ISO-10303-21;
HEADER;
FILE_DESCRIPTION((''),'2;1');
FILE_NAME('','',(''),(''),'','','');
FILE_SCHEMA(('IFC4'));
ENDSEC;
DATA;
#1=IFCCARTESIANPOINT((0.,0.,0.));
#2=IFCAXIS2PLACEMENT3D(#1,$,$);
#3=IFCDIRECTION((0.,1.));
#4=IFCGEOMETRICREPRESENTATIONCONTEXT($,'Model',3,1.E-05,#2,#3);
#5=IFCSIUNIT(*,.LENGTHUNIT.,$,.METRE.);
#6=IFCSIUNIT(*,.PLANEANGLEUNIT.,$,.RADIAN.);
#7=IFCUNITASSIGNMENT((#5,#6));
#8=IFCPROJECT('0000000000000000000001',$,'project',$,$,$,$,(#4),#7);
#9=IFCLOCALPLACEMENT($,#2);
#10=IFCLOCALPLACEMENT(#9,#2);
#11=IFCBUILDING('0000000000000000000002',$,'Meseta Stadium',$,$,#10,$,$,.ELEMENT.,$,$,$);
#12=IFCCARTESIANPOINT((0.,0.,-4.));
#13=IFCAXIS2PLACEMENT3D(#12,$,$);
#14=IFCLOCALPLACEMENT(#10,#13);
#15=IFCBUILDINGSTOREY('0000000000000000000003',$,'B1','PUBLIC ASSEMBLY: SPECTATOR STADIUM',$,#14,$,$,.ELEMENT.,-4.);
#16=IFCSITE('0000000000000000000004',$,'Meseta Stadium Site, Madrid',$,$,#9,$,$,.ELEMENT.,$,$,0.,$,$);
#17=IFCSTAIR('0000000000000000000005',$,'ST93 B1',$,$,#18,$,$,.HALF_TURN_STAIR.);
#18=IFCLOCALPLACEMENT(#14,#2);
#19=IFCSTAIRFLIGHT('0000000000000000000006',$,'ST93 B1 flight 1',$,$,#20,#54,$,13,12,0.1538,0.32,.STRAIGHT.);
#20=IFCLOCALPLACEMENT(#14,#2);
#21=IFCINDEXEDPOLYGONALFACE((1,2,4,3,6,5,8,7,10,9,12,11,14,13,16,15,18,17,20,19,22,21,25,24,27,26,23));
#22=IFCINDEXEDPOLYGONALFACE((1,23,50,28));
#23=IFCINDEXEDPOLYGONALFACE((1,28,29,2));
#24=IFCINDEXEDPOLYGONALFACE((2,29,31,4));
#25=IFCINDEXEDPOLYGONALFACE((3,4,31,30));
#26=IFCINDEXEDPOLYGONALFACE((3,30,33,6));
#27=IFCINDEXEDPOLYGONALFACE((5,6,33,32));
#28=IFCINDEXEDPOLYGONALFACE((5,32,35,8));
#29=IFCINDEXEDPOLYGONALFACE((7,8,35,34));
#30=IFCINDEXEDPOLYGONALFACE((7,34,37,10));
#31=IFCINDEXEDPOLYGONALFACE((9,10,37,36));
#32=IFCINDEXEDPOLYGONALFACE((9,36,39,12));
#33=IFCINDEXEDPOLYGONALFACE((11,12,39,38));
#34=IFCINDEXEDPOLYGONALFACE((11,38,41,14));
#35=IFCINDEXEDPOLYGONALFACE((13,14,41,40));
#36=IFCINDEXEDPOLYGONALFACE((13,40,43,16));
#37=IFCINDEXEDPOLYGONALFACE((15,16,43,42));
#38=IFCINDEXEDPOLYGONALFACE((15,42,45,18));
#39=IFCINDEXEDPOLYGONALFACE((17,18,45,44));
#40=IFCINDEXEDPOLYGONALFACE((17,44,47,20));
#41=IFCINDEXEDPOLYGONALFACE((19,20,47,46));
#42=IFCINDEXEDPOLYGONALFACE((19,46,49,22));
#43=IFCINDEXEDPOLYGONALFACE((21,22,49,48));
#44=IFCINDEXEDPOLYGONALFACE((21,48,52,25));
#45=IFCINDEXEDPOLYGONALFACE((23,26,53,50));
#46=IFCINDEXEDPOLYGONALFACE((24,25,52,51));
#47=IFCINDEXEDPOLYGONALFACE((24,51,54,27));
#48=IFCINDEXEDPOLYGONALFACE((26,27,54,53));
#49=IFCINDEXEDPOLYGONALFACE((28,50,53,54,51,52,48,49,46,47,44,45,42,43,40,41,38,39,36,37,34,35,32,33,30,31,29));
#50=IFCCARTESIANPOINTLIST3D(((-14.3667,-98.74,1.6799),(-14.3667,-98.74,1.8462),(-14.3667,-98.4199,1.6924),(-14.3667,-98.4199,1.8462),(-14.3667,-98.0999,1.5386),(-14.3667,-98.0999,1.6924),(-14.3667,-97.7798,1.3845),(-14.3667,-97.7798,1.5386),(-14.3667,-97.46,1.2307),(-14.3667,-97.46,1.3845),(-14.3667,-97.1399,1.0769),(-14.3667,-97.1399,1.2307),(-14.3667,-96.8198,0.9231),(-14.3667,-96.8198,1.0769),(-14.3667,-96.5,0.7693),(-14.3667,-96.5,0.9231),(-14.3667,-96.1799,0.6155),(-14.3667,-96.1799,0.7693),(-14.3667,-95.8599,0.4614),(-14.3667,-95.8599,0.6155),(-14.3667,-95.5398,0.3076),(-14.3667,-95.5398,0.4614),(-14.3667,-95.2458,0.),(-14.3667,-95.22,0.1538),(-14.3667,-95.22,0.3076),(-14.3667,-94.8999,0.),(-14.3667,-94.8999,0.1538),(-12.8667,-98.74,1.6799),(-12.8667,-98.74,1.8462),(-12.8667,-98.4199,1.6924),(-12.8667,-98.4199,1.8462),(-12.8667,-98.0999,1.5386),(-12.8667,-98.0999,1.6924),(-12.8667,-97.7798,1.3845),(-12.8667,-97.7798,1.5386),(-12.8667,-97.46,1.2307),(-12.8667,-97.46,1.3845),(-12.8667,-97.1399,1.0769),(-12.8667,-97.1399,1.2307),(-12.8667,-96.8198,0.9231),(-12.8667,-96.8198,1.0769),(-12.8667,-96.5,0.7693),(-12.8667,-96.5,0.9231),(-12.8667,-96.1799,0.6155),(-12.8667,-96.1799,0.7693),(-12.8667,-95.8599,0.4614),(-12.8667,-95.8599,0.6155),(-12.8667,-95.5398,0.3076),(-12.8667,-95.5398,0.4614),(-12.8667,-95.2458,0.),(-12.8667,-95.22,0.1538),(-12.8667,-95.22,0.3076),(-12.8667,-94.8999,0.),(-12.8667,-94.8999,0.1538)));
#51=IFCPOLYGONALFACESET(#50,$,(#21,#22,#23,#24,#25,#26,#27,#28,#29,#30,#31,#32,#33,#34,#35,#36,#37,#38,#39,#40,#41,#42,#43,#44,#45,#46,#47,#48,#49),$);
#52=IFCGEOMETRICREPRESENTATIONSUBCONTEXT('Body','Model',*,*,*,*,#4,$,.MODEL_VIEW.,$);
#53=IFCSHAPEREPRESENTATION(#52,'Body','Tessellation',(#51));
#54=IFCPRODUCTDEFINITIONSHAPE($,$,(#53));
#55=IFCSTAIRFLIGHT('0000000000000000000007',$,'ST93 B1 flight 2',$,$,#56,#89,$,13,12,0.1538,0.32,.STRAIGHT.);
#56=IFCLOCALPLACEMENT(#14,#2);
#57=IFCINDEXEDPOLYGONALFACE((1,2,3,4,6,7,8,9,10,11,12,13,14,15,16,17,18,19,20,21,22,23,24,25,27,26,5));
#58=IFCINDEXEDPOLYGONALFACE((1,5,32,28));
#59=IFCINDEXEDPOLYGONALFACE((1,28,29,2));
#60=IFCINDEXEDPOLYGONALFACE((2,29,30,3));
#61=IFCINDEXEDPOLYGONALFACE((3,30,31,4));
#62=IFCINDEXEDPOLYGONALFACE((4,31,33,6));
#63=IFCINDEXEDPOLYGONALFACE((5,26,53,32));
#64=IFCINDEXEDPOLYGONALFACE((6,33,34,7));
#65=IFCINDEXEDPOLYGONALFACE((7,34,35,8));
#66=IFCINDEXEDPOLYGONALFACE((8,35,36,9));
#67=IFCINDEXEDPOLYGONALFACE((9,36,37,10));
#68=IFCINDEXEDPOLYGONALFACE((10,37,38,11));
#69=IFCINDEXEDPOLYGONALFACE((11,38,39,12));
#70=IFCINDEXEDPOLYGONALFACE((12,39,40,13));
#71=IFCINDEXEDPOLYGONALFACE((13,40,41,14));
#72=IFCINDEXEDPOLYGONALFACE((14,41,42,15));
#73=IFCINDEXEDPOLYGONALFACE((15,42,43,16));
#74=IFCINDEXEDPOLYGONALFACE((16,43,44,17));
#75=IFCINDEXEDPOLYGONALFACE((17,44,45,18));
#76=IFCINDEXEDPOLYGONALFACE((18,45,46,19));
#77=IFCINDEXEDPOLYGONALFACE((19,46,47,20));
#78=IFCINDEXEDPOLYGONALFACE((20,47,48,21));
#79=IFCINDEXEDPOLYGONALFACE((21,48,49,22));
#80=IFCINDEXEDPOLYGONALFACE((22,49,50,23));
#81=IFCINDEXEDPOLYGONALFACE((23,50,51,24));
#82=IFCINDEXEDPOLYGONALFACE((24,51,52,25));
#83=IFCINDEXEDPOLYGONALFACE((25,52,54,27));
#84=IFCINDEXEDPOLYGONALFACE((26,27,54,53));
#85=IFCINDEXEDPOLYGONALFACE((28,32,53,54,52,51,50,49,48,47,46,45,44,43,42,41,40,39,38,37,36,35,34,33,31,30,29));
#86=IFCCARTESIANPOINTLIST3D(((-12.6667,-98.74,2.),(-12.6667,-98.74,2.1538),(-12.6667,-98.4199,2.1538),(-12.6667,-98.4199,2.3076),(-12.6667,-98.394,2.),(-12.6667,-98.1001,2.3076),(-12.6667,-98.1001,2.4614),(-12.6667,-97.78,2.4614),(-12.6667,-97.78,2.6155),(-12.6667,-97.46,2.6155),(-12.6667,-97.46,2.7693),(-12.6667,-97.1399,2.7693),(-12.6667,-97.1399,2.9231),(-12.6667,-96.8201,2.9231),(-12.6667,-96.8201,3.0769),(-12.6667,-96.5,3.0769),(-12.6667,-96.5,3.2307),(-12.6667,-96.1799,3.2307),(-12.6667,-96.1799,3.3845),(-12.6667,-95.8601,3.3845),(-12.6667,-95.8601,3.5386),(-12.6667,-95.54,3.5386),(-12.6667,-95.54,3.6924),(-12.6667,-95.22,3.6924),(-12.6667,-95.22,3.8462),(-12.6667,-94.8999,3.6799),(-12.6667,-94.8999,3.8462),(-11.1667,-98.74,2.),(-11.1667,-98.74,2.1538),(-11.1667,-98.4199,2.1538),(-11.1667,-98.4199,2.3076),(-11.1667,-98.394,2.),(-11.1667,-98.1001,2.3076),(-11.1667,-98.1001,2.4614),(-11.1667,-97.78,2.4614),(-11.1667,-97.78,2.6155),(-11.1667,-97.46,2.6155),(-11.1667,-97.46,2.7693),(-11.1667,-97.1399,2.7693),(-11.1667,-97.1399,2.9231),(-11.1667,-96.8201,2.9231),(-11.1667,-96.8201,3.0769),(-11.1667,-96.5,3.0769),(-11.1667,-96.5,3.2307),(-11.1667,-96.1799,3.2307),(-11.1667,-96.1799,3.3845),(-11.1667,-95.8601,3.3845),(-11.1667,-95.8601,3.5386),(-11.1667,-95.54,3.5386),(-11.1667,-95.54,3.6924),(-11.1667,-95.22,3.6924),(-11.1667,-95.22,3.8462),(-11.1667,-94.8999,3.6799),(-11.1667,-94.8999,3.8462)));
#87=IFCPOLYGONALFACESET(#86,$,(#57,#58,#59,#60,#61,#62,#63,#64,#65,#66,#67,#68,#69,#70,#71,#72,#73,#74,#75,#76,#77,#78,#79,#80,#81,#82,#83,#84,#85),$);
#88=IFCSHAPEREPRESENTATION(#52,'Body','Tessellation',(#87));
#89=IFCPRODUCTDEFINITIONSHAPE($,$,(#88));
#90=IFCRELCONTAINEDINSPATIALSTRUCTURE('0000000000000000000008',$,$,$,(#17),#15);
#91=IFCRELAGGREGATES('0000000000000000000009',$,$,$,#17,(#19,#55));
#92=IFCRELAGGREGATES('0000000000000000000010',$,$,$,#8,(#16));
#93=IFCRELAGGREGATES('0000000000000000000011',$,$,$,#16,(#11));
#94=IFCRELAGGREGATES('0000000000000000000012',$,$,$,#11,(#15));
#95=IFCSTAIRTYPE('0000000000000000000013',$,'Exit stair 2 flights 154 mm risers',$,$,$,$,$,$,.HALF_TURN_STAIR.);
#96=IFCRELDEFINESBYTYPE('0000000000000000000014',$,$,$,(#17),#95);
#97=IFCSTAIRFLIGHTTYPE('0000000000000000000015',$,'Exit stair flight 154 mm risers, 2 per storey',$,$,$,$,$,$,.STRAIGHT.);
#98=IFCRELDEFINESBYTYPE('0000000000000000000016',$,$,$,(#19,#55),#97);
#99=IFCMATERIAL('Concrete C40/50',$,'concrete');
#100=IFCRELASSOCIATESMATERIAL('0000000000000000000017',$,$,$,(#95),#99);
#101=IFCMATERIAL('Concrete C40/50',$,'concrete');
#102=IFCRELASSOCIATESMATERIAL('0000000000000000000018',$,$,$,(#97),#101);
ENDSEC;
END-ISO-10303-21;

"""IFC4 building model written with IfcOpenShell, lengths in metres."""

from ifc_helpers import new_model, si_unit, direction, frame, origin, place, context, subcontext, project, spatial, polyline, outline, extrude, material, type_object, element, aggregate, save


model = new_model("IFC4")

# Units and contexts
model_context = context("Model", 3, precision=1e-05, world=origin(), true_north=direction((0.0, 1.0)))
body_context = subcontext(model_context, "Body", "Model", "MODEL_VIEW")
ifc_project = project(units=[si_unit("LENGTHUNIT", "METRE"), si_unit("PLANEANGLEUNIT", "RADIAN")], contexts=[model_context])

# Site, building, storey
site_placement = place(None, origin())
site = spatial("IfcSite", under=ifc_project, at=site_placement, Name="Meseta Stadium Site, Madrid", CompositionType="ELEMENT", RefElevation=0.0)
building_placement = place(site_placement, origin())
building = spatial("IfcBuilding", under=site, at=building_placement, Name="Meseta Stadium", CompositionType="ELEMENT")
storey_placement = place(building_placement, frame((0.0, 0.0, -4.0)))
storey = spatial("IfcBuildingStorey", under=building, at=storey_placement, Name="B1", Description="PUBLIC ASSEMBLY: SPECTATOR STADIUM", CompositionType="ELEMENT", Elevation=-4.0)

# Shared definitions
ifc_material_1 = material(Name="Concrete C40/50", Category="concrete")
stair_type = type_object("IfcStairType", Name="Exit stair 2 flights 154 mm risers", PredefinedType="HALF_TURN_STAIR", material=ifc_material_1)
ifc_material_2 = material(Name="Concrete C40/50", Category="concrete")
stair_flight_type = type_object("IfcStairFlightType", Name="Exit stair flight 154 mm risers, 2 per storey", PredefinedType="STRAIGHT", material=ifc_material_2)

# Stair, stair flights
stair_1_placement = place(storey_placement, origin())
stair_1 = element("IfcStair", 1, at=stair_1_placement, inside=storey, type_object=stair_type, Name="ST93 B1", PredefinedType="HALF_TURN_STAIR")
stair_flight_1_placement = place(storey_placement, frame((-13.6167, -94.8999, 0.0), z_axis=(0.0, 0.0, 1.0), x_axis=(0.0, -1.0, 0.0)))
stair_flight_1 = element("IfcStairFlight", 2, at=stair_flight_1_placement, type_object=stair_flight_type, Name="ST93 B1 flight 1", NumberOfRisers=13, NumberOfTreads=12, PredefinedType="STRAIGHT", RiserHeight=0.1538, TreadLength=0.32, context=body_context, shape_type="SweptSolid", body=[
    extrude(outline(polyline([(0.0, 0.0), (0.0, 0.1538), (0.3201, 0.1538), (0.3201, 0.3076), (0.6399, 0.3076), (0.6399, 0.4614), (0.96, 0.4614), (0.96, 0.6155), (1.28, 0.6155), (1.28, 0.7693), (1.6001, 0.7693), (1.6001, 0.9231), (1.9199, 0.9231), (1.9199, 1.0769), (2.24, 1.0769), (2.24, 1.2307), (2.5601, 1.2307), (2.5601, 1.3845), (2.8799, 1.3845), (2.8799, 1.5386), (3.2, 1.5386), (3.2, 1.6924), (3.52, 1.6924), (3.52, 1.8462), (3.8401, 1.8462), (3.8401, 1.6799), (0.3459, 0.0), (0.0, 0.0)])), frame((0.0, 0.75, 0.0), z_axis=(0.0, -1.0, 0.0), x_axis=(1.0, 0.0, 0.0)), (0.0, 0.0, 1.0), 1.5),
])
stair_flight_2_placement = place(storey_placement, frame((-11.9167, -98.74, 2.0), z_axis=(0.0, 0.0, 1.0), x_axis=(0.0, 1.0, 0.0)))
stair_flight_2 = element("IfcStairFlight", 3, at=stair_flight_2_placement, type_object=stair_flight_type, Name="ST93 B1 flight 2", NumberOfRisers=13, NumberOfTreads=12, PredefinedType="STRAIGHT", RiserHeight=0.1538, TreadLength=0.32, context=body_context, shape_type="SweptSolid", body=[
    extrude(outline(polyline([(0.0, 0.0), (0.0, 0.1538), (0.3201, 0.1538), (0.3201, 0.3076), (0.6399, 0.3076), (0.6399, 0.4614), (0.96, 0.4614), (0.96, 0.6155), (1.28, 0.6155), (1.28, 0.7693), (1.6001, 0.7693), (1.6001, 0.9231), (1.9199, 0.9231), (1.9199, 1.0769), (2.24, 1.0769), (2.24, 1.2307), (2.5601, 1.2307), (2.5601, 1.3845), (2.8799, 1.3845), (2.8799, 1.5386), (3.2, 1.5386), (3.2, 1.6924), (3.52, 1.6924), (3.52, 1.8462), (3.8401, 1.8462), (3.8401, 1.6799), (0.3459, 0.0), (0.0, 0.0)])), frame((0.0, 0.75, 0.0), z_axis=(0.0, -1.0, 0.0), x_axis=(1.0, 0.0, 0.0)), (0.0, 0.0, 1.0), 1.5),
])
aggregate(stair_1, [stair_flight_1, stair_flight_2])

save(model, "model.ifc")
